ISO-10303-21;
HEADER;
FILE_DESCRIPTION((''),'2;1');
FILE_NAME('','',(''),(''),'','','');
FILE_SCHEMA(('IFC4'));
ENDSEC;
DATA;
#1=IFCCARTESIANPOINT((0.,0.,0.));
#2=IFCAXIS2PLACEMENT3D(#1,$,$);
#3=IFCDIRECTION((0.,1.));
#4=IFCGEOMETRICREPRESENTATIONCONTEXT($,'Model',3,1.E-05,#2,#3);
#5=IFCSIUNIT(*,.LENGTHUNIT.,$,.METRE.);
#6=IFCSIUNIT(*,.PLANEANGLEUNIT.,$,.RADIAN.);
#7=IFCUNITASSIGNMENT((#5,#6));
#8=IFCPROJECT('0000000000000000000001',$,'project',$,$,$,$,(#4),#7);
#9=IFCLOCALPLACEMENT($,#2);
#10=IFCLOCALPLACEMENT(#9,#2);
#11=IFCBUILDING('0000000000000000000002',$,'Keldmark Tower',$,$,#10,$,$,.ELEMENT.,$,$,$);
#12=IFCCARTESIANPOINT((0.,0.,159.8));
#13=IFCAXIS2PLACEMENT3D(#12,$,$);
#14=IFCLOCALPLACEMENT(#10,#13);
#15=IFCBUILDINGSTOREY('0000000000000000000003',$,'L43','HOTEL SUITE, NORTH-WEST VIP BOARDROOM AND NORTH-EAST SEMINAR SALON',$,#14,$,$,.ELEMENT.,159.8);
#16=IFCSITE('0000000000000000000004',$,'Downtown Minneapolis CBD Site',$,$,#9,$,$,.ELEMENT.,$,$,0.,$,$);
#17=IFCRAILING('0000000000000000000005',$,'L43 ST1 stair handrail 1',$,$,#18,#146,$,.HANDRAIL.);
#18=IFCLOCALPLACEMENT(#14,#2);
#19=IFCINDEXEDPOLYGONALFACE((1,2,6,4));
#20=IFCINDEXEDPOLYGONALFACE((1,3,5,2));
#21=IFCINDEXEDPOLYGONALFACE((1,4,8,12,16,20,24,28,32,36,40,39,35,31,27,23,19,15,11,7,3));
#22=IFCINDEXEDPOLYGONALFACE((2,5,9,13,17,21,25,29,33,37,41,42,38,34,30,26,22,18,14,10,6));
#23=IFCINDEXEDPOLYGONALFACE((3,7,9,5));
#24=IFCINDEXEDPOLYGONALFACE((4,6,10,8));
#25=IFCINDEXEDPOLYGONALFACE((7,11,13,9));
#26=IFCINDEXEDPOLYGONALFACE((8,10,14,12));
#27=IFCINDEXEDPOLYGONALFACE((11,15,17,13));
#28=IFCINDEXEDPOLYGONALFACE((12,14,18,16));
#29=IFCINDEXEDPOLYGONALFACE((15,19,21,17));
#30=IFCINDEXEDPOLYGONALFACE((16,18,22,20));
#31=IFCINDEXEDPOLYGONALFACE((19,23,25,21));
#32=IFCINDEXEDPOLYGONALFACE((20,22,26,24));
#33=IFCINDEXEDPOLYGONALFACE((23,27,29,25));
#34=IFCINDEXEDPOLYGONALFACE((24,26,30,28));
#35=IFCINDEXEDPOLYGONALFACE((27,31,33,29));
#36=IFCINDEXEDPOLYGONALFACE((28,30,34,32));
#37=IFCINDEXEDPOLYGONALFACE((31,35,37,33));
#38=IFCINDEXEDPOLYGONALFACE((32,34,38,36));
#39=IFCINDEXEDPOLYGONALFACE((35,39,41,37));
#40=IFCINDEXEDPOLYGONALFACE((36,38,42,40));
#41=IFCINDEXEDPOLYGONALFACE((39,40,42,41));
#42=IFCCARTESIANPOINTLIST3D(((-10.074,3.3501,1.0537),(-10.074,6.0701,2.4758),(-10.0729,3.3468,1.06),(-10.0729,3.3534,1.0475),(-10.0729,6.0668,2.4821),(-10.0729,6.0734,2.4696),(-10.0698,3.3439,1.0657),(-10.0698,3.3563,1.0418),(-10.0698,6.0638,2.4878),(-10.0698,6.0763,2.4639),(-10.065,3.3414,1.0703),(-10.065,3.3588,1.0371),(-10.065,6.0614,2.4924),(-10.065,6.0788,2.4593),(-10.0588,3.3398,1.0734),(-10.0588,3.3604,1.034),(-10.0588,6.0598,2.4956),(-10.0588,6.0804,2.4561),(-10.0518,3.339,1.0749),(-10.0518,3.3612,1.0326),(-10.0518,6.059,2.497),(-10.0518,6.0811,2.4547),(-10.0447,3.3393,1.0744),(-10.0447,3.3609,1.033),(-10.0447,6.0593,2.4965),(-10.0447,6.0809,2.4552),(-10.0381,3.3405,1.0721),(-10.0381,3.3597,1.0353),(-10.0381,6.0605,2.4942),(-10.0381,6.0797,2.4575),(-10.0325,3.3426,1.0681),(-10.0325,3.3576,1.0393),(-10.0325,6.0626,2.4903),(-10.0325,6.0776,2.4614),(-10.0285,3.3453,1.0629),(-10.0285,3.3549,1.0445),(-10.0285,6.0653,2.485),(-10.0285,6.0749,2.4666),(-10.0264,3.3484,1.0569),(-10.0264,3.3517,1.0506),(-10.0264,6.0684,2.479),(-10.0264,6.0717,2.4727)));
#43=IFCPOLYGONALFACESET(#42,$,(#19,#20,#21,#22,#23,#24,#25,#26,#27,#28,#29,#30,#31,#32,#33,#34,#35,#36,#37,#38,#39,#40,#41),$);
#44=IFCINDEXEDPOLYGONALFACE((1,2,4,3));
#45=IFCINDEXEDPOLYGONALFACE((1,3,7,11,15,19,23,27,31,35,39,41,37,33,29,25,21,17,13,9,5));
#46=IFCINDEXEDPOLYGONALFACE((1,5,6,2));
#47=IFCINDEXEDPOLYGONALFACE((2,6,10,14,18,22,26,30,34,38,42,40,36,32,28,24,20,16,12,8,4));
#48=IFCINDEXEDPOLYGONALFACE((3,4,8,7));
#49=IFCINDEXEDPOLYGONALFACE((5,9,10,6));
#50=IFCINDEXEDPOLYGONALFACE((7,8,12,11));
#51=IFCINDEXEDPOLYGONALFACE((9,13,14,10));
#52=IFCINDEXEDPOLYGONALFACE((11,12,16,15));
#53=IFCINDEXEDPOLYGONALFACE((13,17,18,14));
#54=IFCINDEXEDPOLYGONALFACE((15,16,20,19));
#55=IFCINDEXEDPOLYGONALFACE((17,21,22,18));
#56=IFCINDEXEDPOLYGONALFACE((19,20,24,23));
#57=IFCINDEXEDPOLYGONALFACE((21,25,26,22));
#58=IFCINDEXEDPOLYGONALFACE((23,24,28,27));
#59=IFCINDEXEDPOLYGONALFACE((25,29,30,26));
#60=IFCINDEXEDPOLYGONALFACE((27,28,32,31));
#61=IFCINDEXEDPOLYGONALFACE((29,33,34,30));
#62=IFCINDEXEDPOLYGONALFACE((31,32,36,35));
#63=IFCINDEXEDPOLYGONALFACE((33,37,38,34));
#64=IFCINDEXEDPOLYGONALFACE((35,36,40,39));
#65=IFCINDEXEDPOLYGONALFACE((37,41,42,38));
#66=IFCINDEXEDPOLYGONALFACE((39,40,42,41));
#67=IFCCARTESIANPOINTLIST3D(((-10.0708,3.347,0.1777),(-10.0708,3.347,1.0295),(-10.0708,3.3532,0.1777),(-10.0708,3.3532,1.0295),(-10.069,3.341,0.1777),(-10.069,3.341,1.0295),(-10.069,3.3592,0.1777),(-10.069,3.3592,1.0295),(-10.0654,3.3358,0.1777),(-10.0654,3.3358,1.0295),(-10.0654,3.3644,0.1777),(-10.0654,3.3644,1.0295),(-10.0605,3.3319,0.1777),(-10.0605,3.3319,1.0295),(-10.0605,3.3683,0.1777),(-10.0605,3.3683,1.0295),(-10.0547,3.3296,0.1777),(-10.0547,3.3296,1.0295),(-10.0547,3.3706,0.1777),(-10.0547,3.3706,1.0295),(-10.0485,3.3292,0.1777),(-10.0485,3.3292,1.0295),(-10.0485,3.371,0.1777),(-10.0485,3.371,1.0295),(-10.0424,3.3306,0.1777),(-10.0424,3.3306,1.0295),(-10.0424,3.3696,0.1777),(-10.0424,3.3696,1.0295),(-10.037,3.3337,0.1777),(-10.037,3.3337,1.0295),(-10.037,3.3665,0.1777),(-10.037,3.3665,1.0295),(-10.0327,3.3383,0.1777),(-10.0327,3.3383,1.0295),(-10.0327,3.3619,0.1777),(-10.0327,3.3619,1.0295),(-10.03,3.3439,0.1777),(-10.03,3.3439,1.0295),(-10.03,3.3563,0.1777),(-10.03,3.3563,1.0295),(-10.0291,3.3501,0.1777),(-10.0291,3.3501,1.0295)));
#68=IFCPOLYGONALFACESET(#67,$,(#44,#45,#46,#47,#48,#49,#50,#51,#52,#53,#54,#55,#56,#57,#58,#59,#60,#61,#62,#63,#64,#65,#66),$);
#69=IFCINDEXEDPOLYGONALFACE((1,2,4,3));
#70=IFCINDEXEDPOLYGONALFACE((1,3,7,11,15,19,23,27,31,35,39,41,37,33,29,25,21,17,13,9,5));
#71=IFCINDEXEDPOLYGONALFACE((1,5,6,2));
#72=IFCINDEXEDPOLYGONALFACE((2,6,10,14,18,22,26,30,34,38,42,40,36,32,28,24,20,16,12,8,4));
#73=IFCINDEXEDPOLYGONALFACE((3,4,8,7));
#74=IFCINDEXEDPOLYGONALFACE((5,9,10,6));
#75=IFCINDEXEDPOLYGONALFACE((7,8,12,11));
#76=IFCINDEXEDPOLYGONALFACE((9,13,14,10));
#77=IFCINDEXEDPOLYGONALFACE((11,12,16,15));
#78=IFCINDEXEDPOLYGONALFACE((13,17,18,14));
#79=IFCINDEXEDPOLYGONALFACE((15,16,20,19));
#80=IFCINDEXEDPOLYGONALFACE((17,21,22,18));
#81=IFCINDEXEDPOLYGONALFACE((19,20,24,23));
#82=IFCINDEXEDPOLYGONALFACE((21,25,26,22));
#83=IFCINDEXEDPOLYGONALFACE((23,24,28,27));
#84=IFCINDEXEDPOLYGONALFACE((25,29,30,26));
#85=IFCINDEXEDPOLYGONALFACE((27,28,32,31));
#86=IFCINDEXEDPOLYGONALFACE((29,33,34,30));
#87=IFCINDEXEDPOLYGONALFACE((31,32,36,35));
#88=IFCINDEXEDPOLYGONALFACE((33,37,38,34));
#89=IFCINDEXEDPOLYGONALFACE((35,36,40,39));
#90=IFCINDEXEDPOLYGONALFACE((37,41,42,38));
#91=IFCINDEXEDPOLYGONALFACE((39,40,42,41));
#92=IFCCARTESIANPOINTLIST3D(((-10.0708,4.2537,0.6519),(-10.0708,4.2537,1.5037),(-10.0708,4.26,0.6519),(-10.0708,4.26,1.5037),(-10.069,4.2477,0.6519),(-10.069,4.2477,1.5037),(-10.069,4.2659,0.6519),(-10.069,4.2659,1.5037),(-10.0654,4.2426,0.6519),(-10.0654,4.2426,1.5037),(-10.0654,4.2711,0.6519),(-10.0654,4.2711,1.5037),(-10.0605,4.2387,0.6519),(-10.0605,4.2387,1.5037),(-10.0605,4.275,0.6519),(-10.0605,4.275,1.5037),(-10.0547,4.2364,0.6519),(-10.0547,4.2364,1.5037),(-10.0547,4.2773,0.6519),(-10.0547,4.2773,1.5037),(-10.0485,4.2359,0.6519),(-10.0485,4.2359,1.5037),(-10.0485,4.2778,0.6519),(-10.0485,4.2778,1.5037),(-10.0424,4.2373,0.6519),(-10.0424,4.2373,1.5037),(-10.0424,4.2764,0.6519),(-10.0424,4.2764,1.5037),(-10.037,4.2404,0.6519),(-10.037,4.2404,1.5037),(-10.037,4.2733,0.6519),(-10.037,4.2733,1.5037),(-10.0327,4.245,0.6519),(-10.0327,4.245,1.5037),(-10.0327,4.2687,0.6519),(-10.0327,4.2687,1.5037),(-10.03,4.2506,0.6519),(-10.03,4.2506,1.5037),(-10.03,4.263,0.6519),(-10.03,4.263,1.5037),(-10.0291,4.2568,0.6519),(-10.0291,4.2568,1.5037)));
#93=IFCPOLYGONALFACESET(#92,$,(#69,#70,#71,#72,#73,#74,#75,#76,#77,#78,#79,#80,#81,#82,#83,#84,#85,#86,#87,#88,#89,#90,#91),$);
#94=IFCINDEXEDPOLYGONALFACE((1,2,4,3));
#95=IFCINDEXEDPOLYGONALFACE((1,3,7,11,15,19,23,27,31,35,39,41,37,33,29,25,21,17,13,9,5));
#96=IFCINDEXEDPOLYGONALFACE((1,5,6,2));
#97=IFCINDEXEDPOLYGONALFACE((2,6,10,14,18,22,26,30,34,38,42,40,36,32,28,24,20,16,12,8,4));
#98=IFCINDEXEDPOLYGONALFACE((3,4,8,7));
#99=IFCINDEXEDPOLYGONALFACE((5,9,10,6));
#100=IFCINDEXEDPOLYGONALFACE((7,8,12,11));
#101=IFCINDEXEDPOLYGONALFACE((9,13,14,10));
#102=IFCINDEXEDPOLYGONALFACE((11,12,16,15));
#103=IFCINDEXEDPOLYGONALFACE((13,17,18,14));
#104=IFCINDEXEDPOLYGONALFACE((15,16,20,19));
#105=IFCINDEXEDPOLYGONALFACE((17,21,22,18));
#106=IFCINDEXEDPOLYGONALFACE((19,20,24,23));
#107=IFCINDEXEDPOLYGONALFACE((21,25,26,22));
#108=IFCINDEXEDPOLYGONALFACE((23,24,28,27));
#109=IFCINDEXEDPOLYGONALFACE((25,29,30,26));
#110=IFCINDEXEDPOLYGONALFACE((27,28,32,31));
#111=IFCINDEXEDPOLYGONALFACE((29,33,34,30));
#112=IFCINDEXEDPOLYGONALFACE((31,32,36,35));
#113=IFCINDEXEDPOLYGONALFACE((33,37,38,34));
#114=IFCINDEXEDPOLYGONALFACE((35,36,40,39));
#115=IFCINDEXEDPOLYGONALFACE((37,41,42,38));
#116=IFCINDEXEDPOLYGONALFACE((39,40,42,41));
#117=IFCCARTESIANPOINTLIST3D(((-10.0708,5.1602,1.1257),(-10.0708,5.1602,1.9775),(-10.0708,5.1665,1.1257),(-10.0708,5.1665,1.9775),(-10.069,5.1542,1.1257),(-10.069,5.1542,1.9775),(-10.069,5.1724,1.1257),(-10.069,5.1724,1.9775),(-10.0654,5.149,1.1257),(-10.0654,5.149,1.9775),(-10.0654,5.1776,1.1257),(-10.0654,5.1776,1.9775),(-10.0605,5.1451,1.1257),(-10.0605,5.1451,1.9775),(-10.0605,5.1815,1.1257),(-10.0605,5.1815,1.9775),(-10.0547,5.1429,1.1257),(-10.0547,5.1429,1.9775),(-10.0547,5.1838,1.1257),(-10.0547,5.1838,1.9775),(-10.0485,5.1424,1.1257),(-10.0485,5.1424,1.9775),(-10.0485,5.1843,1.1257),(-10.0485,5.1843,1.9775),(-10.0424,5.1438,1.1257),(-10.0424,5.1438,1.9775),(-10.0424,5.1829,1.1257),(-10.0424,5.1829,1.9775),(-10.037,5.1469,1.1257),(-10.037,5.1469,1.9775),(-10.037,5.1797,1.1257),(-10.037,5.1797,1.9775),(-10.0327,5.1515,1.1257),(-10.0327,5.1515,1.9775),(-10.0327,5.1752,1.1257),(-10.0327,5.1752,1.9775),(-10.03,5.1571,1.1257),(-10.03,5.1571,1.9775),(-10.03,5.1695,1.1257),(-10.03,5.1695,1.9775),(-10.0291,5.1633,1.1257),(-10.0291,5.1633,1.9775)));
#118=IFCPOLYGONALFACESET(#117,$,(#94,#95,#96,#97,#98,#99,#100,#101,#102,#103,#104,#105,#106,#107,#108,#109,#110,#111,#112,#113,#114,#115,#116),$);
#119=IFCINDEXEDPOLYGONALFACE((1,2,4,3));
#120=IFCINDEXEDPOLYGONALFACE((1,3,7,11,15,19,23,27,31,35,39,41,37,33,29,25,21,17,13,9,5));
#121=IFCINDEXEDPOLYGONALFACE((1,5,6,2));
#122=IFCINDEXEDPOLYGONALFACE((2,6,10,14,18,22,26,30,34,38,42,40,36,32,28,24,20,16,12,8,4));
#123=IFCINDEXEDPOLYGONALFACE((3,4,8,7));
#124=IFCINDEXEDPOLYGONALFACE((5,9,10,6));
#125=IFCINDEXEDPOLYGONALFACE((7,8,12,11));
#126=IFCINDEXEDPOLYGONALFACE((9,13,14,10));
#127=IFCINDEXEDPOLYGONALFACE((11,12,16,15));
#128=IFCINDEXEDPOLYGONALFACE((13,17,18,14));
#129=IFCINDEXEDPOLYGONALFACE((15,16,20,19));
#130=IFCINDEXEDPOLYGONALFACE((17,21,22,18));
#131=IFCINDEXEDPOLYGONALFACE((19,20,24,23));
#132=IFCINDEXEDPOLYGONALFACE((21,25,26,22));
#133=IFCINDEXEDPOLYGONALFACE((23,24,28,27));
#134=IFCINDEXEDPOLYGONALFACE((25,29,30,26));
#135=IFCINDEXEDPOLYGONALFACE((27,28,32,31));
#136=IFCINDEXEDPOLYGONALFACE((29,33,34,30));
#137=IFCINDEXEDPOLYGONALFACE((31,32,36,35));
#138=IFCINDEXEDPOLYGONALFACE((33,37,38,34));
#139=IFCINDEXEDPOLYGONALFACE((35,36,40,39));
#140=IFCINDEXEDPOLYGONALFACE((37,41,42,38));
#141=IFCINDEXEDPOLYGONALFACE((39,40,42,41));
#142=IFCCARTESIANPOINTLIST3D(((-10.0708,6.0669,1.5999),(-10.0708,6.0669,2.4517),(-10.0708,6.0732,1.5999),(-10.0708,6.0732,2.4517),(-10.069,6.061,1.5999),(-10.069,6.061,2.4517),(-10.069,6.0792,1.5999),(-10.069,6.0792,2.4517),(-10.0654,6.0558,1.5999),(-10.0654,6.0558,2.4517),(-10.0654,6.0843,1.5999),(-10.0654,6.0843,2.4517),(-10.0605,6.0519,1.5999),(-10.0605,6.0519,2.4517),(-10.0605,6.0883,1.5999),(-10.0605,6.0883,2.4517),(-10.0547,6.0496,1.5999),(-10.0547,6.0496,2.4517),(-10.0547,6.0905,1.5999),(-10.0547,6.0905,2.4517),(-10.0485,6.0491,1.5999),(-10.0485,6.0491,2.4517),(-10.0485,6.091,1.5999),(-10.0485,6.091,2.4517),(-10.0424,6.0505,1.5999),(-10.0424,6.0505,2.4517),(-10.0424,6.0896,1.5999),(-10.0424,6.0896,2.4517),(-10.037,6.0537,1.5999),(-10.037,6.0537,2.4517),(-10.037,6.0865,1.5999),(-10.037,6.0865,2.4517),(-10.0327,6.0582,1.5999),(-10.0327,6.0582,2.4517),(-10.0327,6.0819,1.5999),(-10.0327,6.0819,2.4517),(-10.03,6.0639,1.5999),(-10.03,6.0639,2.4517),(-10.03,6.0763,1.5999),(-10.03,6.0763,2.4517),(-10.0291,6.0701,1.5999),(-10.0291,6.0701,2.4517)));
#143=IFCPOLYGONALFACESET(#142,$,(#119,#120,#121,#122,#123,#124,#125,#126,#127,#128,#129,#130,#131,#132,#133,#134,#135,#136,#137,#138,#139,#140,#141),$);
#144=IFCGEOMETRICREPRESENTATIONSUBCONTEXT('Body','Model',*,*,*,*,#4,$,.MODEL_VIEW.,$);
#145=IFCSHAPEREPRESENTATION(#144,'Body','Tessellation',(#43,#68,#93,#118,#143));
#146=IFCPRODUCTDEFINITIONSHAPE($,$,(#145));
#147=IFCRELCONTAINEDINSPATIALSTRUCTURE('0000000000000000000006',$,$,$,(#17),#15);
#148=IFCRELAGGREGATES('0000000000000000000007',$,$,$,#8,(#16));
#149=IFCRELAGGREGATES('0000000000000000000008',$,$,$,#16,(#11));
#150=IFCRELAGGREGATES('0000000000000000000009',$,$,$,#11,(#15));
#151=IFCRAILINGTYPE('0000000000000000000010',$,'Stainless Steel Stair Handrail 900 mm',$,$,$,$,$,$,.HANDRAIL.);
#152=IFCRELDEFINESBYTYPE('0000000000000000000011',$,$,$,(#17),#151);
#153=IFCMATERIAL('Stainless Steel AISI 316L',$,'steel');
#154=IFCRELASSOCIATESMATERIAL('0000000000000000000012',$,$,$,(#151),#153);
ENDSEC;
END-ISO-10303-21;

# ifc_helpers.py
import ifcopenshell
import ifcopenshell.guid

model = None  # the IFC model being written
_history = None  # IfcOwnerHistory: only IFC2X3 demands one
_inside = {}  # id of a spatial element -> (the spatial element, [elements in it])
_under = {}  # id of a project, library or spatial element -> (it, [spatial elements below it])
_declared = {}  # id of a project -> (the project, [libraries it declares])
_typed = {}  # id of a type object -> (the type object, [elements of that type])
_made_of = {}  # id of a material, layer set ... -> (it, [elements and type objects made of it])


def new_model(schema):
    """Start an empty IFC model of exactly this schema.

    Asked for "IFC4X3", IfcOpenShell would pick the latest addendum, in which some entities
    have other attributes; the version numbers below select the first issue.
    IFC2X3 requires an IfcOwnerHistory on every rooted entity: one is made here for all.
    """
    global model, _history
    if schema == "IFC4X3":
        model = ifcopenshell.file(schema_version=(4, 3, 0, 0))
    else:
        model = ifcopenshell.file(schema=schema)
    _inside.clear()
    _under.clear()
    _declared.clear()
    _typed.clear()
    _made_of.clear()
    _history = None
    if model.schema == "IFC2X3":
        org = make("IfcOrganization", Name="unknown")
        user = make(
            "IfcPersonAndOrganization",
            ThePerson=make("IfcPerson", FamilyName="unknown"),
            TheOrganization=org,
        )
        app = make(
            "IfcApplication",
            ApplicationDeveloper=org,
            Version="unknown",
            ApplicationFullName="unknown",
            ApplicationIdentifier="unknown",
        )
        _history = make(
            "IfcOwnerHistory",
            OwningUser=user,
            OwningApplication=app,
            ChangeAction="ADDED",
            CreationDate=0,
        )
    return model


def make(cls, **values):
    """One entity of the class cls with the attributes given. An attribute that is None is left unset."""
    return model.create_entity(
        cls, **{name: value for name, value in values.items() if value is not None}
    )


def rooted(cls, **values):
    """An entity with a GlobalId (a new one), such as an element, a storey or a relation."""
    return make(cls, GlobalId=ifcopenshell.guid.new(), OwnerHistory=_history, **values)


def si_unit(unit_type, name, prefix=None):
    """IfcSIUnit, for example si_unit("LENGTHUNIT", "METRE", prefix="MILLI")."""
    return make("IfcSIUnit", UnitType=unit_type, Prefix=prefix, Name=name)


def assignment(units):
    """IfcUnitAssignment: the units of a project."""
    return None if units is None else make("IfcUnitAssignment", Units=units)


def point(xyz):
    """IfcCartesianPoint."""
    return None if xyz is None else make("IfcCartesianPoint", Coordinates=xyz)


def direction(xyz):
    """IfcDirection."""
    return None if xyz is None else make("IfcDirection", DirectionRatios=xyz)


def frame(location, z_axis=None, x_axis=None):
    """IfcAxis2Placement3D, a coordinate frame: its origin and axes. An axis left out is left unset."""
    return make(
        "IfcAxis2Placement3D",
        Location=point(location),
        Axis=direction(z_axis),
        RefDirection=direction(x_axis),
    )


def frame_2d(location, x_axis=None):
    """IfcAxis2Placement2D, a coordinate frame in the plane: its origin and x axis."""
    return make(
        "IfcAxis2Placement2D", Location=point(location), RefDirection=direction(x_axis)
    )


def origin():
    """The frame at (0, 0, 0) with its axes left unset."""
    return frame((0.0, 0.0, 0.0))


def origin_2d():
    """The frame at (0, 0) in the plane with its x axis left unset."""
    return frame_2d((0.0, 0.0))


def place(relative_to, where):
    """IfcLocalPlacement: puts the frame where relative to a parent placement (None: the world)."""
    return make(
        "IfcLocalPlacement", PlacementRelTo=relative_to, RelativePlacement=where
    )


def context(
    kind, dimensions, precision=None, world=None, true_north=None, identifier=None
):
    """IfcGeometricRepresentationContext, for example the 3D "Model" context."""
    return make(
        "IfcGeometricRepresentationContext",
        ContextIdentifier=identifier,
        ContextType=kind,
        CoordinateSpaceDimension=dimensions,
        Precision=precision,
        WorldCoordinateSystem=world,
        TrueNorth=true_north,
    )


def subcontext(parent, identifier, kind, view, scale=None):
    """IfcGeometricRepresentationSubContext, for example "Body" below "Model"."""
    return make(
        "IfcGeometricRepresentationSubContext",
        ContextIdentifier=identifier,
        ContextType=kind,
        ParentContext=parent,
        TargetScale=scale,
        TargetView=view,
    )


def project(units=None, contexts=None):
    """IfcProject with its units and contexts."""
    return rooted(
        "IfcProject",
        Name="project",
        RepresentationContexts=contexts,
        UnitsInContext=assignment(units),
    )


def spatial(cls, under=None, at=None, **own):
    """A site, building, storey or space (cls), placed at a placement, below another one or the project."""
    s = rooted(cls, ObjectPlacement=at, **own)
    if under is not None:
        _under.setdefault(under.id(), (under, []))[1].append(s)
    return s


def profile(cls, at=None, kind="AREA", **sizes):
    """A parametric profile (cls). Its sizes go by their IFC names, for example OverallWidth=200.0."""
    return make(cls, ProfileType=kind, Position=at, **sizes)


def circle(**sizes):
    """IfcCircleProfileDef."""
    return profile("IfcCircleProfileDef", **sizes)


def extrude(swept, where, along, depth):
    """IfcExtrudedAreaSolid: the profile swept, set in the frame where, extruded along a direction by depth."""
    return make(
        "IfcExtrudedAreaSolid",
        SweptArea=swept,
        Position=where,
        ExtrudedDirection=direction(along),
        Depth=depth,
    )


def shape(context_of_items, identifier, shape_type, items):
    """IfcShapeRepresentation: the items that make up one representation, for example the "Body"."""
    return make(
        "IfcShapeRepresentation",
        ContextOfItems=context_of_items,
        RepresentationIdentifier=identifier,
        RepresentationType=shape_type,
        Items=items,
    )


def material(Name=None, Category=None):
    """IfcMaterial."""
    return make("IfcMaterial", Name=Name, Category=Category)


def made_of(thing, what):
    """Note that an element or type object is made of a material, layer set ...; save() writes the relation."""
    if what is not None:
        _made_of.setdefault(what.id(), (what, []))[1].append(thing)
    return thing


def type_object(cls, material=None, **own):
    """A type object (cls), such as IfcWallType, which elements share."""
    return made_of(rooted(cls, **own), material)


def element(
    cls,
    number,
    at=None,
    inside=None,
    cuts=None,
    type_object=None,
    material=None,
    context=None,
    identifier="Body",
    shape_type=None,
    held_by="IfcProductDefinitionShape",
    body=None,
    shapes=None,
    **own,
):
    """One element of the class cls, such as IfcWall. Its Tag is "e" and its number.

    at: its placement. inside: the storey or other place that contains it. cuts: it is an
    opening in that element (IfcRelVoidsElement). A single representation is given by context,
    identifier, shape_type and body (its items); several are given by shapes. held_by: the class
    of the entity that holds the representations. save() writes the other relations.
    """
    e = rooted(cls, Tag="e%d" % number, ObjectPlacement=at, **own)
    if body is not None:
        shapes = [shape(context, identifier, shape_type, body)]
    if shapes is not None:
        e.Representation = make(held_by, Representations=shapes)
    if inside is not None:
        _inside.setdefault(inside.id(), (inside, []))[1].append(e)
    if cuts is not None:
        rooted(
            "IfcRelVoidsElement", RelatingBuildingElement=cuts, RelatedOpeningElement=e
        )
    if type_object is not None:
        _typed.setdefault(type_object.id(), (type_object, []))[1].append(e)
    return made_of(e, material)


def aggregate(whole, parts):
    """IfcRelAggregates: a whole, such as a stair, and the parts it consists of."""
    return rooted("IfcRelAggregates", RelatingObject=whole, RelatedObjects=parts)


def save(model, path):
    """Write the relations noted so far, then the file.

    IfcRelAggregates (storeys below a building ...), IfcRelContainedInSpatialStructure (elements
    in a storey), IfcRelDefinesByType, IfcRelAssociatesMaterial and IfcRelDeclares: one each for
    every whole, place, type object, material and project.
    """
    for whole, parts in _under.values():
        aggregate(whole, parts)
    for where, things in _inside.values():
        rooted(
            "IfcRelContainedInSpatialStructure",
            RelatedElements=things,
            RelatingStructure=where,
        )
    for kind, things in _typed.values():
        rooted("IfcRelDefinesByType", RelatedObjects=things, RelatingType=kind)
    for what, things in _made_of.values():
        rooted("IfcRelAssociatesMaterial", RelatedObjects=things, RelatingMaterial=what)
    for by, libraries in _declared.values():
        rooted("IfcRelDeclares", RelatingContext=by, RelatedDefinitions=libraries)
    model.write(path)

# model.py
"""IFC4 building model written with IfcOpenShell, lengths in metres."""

from ifc_helpers import new_model, si_unit, direction, frame, origin, origin_2d, place, context, subcontext, project, spatial, circle, extrude, material, type_object, element, save


model = new_model("IFC4")

# Units and contexts
model_context = context("Model", 3, precision=1e-05, world=origin(), true_north=direction((0.0, 1.0)))
body_context = subcontext(model_context, "Body", "Model", "MODEL_VIEW")
ifc_project = project(units=[si_unit("LENGTHUNIT", "METRE"), si_unit("PLANEANGLEUNIT", "RADIAN")], contexts=[model_context])

# Site, building, storey
site_placement = place(None, origin())
site = spatial("IfcSite", under=ifc_project, at=site_placement, Name="Downtown Minneapolis CBD Site", CompositionType="ELEMENT", RefElevation=0.0)
building_placement = place(site_placement, origin())
building = spatial("IfcBuilding", under=site, at=building_placement, Name="Keldmark Tower", CompositionType="ELEMENT")
storey_placement = place(building_placement, frame((0.0, 0.0, 159.8)))
storey = spatial("IfcBuildingStorey", under=building, at=storey_placement, Name="L43", Description="HOTEL SUITE, NORTH-WEST VIP BOARDROOM AND NORTH-EAST SEMINAR SALON", CompositionType="ELEMENT", Elevation=159.8)

# Railing
ifc_material_1 = material(Name="Stainless Steel AISI 316L", Category="steel")
railing_type_1 = type_object("IfcRailingType", Name="Stainless Steel Stair Handrail 900 mm", PredefinedType="HANDRAIL", material=ifc_material_1)
railing_1_placement = place(storey_placement, frame((-10.05, 3.3501, 0.1777)))
element("IfcRailing", 1, at=railing_1_placement, inside=storey, type_object=railing_type_1, Name="L43 ST1 stair handrail 1", PredefinedType="HANDRAIL", context=body_context, shape_type="SweptSolid", body=[
    extrude(circle(Radius=0.0239, at=origin_2d()), frame((0.0, 0.0, 0.876), z_axis=(0.0, 0.886183, 0.463335), x_axis=(-1.0, 0.0, 0.0)), (0.0, 0.0, 1.0), 3.0693),
    extrude(circle(Radius=0.021, at=origin_2d()), origin(), (0.0, 0.0, 1.0), 0.8518),
    extrude(circle(Radius=0.021, at=origin_2d()), frame((0.0, 0.9067, 0.4741)), (0.0, 0.0, 1.0), 0.8518),
    extrude(circle(Radius=0.021, at=origin_2d()), frame((0.0, 1.8132, 0.948)), (0.0, 0.0, 1.0), 0.8518),
    extrude(circle(Radius=0.021, at=origin_2d()), frame((0.0, 2.72, 1.4221)), (0.0, 0.0, 1.0), 0.8518),
])

save(model, "model.ifc")
